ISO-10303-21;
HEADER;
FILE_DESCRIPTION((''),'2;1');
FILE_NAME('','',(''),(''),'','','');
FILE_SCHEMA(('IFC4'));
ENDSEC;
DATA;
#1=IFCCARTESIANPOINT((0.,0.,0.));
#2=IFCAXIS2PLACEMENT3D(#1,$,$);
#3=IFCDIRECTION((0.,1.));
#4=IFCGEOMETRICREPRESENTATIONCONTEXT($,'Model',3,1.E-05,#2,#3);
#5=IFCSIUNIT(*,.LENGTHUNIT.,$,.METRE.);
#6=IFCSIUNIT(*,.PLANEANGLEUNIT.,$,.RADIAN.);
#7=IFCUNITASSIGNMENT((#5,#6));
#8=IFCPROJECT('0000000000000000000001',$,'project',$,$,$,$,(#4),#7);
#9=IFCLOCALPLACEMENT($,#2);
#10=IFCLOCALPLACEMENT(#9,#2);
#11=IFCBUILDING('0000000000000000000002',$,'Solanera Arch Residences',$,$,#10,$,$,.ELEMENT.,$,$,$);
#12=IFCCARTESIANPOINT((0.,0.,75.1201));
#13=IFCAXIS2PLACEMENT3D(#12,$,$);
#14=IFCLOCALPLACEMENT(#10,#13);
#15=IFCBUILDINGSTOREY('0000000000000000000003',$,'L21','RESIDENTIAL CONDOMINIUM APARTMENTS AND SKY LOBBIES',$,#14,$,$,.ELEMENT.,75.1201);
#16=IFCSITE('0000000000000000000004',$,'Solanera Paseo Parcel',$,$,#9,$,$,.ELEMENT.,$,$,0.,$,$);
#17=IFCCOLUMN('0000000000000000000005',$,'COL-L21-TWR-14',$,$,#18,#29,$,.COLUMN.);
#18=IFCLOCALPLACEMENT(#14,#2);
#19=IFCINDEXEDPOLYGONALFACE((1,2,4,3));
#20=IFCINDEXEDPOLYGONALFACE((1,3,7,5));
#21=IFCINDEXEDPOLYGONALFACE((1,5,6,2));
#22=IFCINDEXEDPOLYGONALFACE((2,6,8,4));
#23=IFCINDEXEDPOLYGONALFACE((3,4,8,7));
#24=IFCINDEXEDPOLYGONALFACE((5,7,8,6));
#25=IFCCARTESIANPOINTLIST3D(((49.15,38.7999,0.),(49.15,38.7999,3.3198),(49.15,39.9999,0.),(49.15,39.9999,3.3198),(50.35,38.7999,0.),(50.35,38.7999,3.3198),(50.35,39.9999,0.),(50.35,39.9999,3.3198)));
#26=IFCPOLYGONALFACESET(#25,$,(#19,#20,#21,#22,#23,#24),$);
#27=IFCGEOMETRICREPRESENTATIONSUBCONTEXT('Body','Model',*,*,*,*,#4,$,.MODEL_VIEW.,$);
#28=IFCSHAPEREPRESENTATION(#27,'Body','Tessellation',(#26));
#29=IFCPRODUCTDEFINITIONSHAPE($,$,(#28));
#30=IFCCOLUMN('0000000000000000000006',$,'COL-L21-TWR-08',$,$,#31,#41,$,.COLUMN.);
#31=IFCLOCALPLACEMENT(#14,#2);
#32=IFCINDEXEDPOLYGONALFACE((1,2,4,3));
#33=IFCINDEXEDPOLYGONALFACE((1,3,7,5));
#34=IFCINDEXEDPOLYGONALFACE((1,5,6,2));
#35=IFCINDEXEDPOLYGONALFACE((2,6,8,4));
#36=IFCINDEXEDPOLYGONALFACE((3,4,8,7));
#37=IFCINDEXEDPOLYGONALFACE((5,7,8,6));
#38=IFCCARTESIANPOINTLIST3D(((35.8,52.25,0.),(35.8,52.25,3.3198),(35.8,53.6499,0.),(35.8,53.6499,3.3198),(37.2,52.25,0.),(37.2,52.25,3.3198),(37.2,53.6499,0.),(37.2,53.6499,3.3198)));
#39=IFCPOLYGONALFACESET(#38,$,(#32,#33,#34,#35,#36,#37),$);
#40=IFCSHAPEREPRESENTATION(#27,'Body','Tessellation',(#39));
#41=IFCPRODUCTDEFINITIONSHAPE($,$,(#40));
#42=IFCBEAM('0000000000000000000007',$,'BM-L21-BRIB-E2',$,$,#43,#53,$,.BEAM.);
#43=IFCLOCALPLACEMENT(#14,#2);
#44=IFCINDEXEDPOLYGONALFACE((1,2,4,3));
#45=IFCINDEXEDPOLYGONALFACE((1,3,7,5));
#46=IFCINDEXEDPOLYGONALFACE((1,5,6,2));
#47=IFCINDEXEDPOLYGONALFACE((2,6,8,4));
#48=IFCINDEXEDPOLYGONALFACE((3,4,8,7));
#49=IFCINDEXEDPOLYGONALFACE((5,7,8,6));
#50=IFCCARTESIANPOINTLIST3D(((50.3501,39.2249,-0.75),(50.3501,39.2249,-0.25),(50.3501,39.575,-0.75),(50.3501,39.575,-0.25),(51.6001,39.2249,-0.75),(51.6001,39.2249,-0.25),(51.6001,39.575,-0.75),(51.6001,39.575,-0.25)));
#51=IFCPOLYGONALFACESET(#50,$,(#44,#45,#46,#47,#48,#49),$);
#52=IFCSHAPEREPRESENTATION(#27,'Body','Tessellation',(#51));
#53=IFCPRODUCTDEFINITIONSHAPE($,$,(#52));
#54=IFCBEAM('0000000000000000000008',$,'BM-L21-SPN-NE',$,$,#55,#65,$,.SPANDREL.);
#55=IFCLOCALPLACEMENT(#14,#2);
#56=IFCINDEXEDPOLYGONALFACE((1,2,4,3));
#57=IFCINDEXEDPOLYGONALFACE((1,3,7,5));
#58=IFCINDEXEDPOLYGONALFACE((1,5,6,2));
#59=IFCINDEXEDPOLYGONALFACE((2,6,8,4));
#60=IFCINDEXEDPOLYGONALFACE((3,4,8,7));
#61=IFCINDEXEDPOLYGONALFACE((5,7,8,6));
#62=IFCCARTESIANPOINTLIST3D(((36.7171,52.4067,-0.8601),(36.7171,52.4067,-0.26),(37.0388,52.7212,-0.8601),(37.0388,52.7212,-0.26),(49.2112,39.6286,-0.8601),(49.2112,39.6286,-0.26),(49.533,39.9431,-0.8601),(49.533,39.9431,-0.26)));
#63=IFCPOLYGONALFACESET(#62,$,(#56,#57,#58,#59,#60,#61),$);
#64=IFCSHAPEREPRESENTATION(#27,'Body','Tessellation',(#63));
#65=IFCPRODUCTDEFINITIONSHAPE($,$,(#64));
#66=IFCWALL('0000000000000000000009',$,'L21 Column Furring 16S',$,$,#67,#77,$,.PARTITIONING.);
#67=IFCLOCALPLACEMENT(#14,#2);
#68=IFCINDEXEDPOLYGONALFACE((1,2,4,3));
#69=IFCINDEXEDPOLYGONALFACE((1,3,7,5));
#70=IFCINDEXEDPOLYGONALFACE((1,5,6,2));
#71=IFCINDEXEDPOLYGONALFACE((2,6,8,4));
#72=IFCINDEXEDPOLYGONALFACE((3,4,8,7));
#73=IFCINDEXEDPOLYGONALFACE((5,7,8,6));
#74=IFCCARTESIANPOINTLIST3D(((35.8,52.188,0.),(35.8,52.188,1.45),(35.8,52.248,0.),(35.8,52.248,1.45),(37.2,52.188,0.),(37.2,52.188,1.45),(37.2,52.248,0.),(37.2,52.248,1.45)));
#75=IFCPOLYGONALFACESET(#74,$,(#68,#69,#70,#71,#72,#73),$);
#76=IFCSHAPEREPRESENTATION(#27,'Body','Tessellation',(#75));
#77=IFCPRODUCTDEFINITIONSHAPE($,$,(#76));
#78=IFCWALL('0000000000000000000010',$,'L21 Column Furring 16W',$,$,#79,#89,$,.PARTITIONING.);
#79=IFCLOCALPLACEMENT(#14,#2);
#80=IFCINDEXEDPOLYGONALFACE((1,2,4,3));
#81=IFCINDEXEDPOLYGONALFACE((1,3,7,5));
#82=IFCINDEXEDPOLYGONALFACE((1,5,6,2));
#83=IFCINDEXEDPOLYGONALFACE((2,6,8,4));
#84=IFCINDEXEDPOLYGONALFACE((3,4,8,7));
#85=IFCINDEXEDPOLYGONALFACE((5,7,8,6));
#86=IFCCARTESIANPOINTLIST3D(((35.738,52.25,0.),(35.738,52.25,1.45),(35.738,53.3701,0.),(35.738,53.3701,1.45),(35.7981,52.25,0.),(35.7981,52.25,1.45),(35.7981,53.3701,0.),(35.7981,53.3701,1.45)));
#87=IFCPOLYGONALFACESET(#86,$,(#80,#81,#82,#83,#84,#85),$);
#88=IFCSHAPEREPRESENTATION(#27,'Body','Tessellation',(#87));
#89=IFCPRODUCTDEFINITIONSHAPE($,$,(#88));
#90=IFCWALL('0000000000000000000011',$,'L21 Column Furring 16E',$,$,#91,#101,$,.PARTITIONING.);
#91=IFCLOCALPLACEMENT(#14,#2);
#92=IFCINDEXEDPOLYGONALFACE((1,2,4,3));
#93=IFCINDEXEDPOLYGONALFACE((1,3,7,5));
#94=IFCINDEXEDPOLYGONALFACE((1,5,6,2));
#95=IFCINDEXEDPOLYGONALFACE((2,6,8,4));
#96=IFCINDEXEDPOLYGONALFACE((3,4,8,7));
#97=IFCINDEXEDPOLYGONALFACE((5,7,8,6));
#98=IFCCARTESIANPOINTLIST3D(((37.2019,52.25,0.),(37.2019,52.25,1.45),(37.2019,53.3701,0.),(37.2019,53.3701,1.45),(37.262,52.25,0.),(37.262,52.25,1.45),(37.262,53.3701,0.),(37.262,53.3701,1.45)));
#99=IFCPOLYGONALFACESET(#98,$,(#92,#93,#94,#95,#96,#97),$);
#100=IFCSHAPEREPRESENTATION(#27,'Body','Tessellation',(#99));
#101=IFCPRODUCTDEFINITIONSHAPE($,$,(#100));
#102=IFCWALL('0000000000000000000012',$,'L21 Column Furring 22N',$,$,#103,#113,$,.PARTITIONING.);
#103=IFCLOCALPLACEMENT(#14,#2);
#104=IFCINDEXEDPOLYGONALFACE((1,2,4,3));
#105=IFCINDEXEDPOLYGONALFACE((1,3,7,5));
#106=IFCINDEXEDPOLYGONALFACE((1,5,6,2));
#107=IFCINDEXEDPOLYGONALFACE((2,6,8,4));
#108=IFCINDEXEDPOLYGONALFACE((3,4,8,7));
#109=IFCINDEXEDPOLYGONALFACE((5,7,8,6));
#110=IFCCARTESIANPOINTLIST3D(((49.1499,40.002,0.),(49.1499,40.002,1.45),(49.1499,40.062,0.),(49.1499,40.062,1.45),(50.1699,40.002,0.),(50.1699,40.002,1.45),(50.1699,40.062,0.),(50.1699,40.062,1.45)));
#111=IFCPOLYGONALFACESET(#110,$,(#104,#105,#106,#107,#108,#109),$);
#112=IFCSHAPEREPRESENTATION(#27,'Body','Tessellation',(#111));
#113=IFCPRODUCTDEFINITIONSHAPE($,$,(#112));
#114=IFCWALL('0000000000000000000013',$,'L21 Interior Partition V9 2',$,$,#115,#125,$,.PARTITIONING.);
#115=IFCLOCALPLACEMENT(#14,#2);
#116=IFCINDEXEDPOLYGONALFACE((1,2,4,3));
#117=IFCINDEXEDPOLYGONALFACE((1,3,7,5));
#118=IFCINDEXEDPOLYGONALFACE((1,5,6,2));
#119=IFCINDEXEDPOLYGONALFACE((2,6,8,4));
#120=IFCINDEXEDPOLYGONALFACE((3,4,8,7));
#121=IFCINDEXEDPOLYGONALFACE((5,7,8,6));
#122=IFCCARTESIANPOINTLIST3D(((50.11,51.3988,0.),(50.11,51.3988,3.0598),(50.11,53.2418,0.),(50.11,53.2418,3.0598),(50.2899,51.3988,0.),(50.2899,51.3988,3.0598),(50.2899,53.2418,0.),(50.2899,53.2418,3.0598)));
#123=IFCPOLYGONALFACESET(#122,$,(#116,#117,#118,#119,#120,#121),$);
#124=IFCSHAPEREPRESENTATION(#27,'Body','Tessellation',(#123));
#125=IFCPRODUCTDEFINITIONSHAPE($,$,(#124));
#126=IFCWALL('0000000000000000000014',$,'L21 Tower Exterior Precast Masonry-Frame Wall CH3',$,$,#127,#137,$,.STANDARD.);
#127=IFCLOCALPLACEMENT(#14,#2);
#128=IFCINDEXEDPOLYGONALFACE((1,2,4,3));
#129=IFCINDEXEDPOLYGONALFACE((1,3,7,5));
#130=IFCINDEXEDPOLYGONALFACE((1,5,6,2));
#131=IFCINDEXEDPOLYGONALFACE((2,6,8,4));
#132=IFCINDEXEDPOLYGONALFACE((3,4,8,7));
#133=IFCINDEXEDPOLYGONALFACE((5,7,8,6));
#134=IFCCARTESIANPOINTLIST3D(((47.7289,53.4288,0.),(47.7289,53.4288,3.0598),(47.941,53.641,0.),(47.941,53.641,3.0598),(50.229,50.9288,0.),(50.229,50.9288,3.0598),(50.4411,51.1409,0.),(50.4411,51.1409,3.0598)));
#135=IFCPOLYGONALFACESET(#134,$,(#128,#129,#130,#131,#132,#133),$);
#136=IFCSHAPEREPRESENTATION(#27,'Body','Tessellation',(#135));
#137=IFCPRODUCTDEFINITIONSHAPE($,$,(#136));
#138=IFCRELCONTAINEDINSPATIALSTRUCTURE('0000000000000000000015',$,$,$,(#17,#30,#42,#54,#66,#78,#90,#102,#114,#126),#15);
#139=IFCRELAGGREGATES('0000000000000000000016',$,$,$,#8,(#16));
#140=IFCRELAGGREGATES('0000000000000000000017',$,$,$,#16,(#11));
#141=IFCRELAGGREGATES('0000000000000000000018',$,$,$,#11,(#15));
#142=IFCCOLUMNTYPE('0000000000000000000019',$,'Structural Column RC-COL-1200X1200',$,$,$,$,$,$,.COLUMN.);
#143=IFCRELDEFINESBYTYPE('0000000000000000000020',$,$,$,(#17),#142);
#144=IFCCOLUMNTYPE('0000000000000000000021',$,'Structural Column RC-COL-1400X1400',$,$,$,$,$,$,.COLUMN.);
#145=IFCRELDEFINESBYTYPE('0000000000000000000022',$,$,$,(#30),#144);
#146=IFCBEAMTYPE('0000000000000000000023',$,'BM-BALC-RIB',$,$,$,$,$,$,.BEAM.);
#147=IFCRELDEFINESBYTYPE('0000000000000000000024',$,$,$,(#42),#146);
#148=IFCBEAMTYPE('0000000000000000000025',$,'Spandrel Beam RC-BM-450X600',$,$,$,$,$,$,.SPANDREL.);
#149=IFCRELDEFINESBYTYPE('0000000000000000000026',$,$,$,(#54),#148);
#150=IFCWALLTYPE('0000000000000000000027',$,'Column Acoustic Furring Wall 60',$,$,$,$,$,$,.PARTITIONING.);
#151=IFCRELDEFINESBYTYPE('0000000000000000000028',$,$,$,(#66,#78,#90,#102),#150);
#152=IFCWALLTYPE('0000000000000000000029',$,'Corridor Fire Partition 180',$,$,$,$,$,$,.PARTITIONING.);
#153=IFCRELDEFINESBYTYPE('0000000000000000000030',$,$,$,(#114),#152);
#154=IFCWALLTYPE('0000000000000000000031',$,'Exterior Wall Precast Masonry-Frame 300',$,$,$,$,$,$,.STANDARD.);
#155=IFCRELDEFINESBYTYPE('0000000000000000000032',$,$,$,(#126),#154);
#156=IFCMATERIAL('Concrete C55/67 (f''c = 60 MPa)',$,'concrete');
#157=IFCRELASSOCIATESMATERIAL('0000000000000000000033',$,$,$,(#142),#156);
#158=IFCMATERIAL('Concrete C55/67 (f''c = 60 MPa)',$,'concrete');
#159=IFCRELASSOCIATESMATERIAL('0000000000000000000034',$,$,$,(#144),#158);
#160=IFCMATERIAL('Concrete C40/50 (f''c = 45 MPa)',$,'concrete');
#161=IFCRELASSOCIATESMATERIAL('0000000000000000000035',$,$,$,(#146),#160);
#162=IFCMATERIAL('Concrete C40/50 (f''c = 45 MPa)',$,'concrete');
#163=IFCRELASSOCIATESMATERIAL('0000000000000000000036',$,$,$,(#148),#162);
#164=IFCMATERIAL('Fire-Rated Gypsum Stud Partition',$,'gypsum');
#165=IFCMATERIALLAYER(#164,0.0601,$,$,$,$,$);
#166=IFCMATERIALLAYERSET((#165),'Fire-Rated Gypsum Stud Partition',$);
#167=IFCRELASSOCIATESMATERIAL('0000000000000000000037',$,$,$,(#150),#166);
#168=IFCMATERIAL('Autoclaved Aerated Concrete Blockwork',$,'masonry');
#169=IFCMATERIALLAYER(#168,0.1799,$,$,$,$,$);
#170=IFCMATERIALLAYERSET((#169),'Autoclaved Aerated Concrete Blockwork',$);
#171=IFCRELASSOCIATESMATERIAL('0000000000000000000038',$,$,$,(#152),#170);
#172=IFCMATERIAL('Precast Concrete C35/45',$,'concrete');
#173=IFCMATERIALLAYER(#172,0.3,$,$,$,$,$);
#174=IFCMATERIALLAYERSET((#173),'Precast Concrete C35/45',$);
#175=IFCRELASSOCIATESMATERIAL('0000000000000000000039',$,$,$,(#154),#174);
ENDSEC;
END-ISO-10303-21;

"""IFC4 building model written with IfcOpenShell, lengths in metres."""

from ifc_helpers import new_model, si_unit, direction, frame, frame_2d, origin, origin_2d, place, context, subcontext, project, spatial, rectangle, extrude, material, layer, layer_set, material_profile, profile_set, type_object, element, save


model = new_model("IFC4")

# Units and contexts
model_context = context("Model", 3, precision=1e-05, world=origin(), true_north=direction((0.0, 1.0)))
body_context = subcontext(model_context, "Body", "Model", "MODEL_VIEW")
ifc_project = project(units=[si_unit("LENGTHUNIT", "METRE"), si_unit("PLANEANGLEUNIT", "RADIAN")], contexts=[model_context])

# Site, building, storey
site_placement = place(None, origin())
site = spatial("IfcSite", under=ifc_project, at=site_placement, Name="Solanera Paseo Parcel", CompositionType="ELEMENT", RefElevation=0.0)
building_placement = place(site_placement, origin())
building = spatial("IfcBuilding", under=site, at=building_placement, Name="Solanera Arch Residences", CompositionType="ELEMENT")
storey_placement = place(building_placement, frame((0.0, 0.0, 75.1201)))
storey = spatial("IfcBuildingStorey", under=building, at=storey_placement, Name="L21", Description="RESIDENTIAL CONDOMINIUM APARTMENTS AND SKY LOBBIES", CompositionType="ELEMENT", Elevation=75.1201)

# Columns
ifc_material_1 = material(Name="Concrete C55/67 (f'c = 60 MPa)", Category="concrete")
ifc_material_profile_1 = material_profile(ifc_material_1, rectangle(XDim=1.2, YDim=1.2, at=origin_2d()))
ifc_profile_set_1 = profile_set([ifc_material_profile_1], Name="Concrete C55/67 (f'c = 60 MPa)")
column_type_1 = type_object("IfcColumnType", Name="Structural Column RC-COL-1200X1200", PredefinedType="COLUMN", material=ifc_profile_set_1)
column_1_placement = place(storey_placement, frame((49.75, 39.3999, 0.0), z_axis=(0.0, 0.0, 1.0), x_axis=(1.0, 0.0, 0.0)))
element("IfcColumn", 1, at=column_1_placement, inside=storey, type_object=column_type_1, Name="COL-L21-TWR-14", PredefinedType="COLUMN", context=body_context, shape_type="SweptSolid", body=[
    extrude(rectangle(XDim=1.2, YDim=1.2, at=origin_2d()), origin(), (0.0, 0.0, 1.0), 3.3198),
])
ifc_material_2 = material(Name="Concrete C55/67 (f'c = 60 MPa)", Category="concrete")
ifc_material_profile_2 = material_profile(ifc_material_2, rectangle(XDim=1.3999, YDim=1.3999, at=origin_2d()))
ifc_profile_set_2 = profile_set([ifc_material_profile_2], Name="Concrete C55/67 (f'c = 60 MPa)")
column_type_2 = type_object("IfcColumnType", Name="Structural Column RC-COL-1400X1400", PredefinedType="COLUMN", material=ifc_profile_set_2)
column_2_placement = place(storey_placement, frame((36.5, 52.95, 0.0), z_axis=(0.0, 0.0, 1.0), x_axis=(1.0, 0.0, 0.0)))
element("IfcColumn", 2, at=column_2_placement, inside=storey, type_object=column_type_2, Name="COL-L21-TWR-08", PredefinedType="COLUMN", context=body_context, shape_type="SweptSolid", body=[
    extrude(rectangle(XDim=1.3999, YDim=1.3999, at=origin_2d()), origin(), (0.0, 0.0, 1.0), 3.3198),
])

# Beams
ifc_material_3 = material(Name="Concrete C40/50 (f'c = 45 MPa)", Category="concrete")
ifc_material_profile_3 = material_profile(ifc_material_3, rectangle(XDim=0.3501, YDim=0.5, at=origin_2d()))
ifc_profile_set_3 = profile_set([ifc_material_profile_3], Name="Concrete C40/50 (f'c = 45 MPa)")
beam_type_1 = type_object("IfcBeamType", Name="BM-BALC-RIB", PredefinedType="BEAM", material=ifc_profile_set_3)
beam_1_placement = place(storey_placement, frame((50.3501, 39.3999, -0.5), z_axis=(1.0, 0.0, 0.0), x_axis=(0.0, 1.0, 0.0)))
element("IfcBeam", 3, at=beam_1_placement, inside=storey, type_object=beam_type_1, Name="BM-L21-BRIB-E2", PredefinedType="BEAM", context=body_context, shape_type="SweptSolid", body=[
    extrude(rectangle(XDim=0.3501, YDim=0.5, at=origin_2d()), origin(), (0.0, 0.0, 1.0), 1.25),
])
ifc_material_4 = material(Name="Concrete C40/50 (f'c = 45 MPa)", Category="concrete")
ifc_material_profile_4 = material_profile(ifc_material_4, rectangle(XDim=0.45, YDim=0.6001, at=origin_2d()))
ifc_profile_set_4 = profile_set([ifc_material_profile_4], Name="Concrete C40/50 (f'c = 45 MPa)")
beam_type_2 = type_object("IfcBeamType", Name="Spandrel Beam RC-BM-450X600", PredefinedType="SPANDREL", material=ifc_profile_set_4)
beam_2_placement = place(storey_placement, frame((36.8779, 52.564, -0.5601), z_axis=(0.699118, -0.715006, 0.0), x_axis=(0.715006, 0.699118, 0.0)))
element("IfcBeam", 4, at=beam_2_placement, inside=storey, type_object=beam_type_2, Name="BM-L21-SPN-NE", PredefinedType="SPANDREL", context=body_context, shape_type="SweptSolid", body=[
    extrude(rectangle(XDim=0.45, YDim=0.6001, at=origin_2d()), origin(), (0.0, 0.0, 1.0), 17.8713),
])

# Walls
ifc_material_5 = material(Name="Fire-Rated Gypsum Stud Partition", Category="gypsum")
ifc_layer_1 = layer(ifc_material_5, 0.0601)
ifc_layer_set_1 = layer_set([ifc_layer_1], Name="Fire-Rated Gypsum Stud Partition")
wall_type_1 = type_object("IfcWallType", Name="Column Acoustic Furring Wall 60", PredefinedType="PARTITIONING", material=ifc_layer_set_1)
wall_1_placement = place(storey_placement, frame((35.8, 52.218, 0.0), z_axis=(0.0, 0.0, 1.0), x_axis=(1.0, 0.0, 0.0)))
element("IfcWall", 5, at=wall_1_placement, inside=storey, type_object=wall_type_1, Name="L21 Column Furring 16S", PredefinedType="PARTITIONING", context=body_context, shape_type="SweptSolid", body=[
    extrude(rectangle(XDim=1.3999, YDim=0.0601, at=frame_2d((0.7, 0.0))), origin(), (0.0, 0.0, 1.0), 1.45),
])
for number, where, z_axis, x_axis, name in (
    (6, (35.7681, 52.25, 0.0), (0.0, 0.0, 1.0), (0.0, 1.0, 0.0), "L21 Column Furring 16W"),
    (7, (37.2319, 52.25, 0.0), (0.0, 0.0, 1.0), (0.0, 1.0, 0.0), "L21 Column Furring 16E"),
):
    element("IfcWall", number, at=place(storey_placement, frame(where, z_axis=z_axis, x_axis=x_axis)), inside=storey, type_object=wall_type_1, Name=name, PredefinedType="PARTITIONING", context=body_context, shape_type="SweptSolid", body=[
        extrude(rectangle(XDim=1.1201, YDim=0.0601, at=frame_2d((0.5601, 0.0))), origin(), (0.0, 0.0, 1.0), 1.45),
    ])
wall_2_placement = place(storey_placement, frame((49.1499, 40.032, 0.0), z_axis=(0.0, 0.0, 1.0), x_axis=(1.0, 0.0, 0.0)))
element("IfcWall", 8, at=wall_2_placement, inside=storey, type_object=wall_type_1, Name="L21 Column Furring 22N", PredefinedType="PARTITIONING", context=body_context, shape_type="SweptSolid", body=[
    extrude(rectangle(XDim=1.02, YDim=0.0601, at=frame_2d((0.51, 0.0))), origin(), (0.0, 0.0, 1.0), 1.45),
])
ifc_material_6 = material(Name="Autoclaved Aerated Concrete Blockwork", Category="masonry")
ifc_layer_2 = layer(ifc_material_6, 0.1799)
ifc_layer_set_2 = layer_set([ifc_layer_2], Name="Autoclaved Aerated Concrete Blockwork")
wall_type_2 = type_object("IfcWallType", Name="Corridor Fire Partition 180", PredefinedType="PARTITIONING", material=ifc_layer_set_2)
wall_3_placement = place(storey_placement, frame((50.2, 51.3989, 0.0), z_axis=(0.0, 0.0, 1.0), x_axis=(0.0, 1.0, 0.0)))
element("IfcWall", 9, at=wall_3_placement, inside=storey, type_object=wall_type_2, Name="L21 Interior Partition V9 2", PredefinedType="PARTITIONING", context=body_context, shape_type="SweptSolid", body=[
    extrude(rectangle(XDim=1.843, YDim=0.1799, at=frame_2d((0.9214, 0.0))), origin(), (0.0, 0.0, 1.0), 3.0598),
])
ifc_material_7 = material(Name="Precast Concrete C35/45", Category="concrete")
ifc_layer_3 = layer(ifc_material_7, 0.3)
ifc_layer_set_3 = layer_set([ifc_layer_3], Name="Precast Concrete C35/45")
wall_type_3 = type_object("IfcWallType", Name="Exterior Wall Precast Masonry-Frame 300", PredefinedType="STANDARD", material=ifc_layer_set_3)
wall_4_placement = place(storey_placement, frame((47.835, 53.5349, 0.0), z_axis=(0.0, 0.0, 1.0), x_axis=(0.707107, -0.707107, 0.0)))
element("IfcWall", 10, at=wall_4_placement, inside=storey, type_object=wall_type_3, Name="L21 Tower Exterior Precast Masonry-Frame Wall CH3", PredefinedType="STANDARD", context=body_context, shape_type="SweptSolid", body=[
    extrude(rectangle(XDim=3.5356, YDim=0.3, at=frame_2d((1.7678, 0.0))), origin(), (0.0, 0.0, 1.0), 3.0598),
])

save(model, "model.ifc")
